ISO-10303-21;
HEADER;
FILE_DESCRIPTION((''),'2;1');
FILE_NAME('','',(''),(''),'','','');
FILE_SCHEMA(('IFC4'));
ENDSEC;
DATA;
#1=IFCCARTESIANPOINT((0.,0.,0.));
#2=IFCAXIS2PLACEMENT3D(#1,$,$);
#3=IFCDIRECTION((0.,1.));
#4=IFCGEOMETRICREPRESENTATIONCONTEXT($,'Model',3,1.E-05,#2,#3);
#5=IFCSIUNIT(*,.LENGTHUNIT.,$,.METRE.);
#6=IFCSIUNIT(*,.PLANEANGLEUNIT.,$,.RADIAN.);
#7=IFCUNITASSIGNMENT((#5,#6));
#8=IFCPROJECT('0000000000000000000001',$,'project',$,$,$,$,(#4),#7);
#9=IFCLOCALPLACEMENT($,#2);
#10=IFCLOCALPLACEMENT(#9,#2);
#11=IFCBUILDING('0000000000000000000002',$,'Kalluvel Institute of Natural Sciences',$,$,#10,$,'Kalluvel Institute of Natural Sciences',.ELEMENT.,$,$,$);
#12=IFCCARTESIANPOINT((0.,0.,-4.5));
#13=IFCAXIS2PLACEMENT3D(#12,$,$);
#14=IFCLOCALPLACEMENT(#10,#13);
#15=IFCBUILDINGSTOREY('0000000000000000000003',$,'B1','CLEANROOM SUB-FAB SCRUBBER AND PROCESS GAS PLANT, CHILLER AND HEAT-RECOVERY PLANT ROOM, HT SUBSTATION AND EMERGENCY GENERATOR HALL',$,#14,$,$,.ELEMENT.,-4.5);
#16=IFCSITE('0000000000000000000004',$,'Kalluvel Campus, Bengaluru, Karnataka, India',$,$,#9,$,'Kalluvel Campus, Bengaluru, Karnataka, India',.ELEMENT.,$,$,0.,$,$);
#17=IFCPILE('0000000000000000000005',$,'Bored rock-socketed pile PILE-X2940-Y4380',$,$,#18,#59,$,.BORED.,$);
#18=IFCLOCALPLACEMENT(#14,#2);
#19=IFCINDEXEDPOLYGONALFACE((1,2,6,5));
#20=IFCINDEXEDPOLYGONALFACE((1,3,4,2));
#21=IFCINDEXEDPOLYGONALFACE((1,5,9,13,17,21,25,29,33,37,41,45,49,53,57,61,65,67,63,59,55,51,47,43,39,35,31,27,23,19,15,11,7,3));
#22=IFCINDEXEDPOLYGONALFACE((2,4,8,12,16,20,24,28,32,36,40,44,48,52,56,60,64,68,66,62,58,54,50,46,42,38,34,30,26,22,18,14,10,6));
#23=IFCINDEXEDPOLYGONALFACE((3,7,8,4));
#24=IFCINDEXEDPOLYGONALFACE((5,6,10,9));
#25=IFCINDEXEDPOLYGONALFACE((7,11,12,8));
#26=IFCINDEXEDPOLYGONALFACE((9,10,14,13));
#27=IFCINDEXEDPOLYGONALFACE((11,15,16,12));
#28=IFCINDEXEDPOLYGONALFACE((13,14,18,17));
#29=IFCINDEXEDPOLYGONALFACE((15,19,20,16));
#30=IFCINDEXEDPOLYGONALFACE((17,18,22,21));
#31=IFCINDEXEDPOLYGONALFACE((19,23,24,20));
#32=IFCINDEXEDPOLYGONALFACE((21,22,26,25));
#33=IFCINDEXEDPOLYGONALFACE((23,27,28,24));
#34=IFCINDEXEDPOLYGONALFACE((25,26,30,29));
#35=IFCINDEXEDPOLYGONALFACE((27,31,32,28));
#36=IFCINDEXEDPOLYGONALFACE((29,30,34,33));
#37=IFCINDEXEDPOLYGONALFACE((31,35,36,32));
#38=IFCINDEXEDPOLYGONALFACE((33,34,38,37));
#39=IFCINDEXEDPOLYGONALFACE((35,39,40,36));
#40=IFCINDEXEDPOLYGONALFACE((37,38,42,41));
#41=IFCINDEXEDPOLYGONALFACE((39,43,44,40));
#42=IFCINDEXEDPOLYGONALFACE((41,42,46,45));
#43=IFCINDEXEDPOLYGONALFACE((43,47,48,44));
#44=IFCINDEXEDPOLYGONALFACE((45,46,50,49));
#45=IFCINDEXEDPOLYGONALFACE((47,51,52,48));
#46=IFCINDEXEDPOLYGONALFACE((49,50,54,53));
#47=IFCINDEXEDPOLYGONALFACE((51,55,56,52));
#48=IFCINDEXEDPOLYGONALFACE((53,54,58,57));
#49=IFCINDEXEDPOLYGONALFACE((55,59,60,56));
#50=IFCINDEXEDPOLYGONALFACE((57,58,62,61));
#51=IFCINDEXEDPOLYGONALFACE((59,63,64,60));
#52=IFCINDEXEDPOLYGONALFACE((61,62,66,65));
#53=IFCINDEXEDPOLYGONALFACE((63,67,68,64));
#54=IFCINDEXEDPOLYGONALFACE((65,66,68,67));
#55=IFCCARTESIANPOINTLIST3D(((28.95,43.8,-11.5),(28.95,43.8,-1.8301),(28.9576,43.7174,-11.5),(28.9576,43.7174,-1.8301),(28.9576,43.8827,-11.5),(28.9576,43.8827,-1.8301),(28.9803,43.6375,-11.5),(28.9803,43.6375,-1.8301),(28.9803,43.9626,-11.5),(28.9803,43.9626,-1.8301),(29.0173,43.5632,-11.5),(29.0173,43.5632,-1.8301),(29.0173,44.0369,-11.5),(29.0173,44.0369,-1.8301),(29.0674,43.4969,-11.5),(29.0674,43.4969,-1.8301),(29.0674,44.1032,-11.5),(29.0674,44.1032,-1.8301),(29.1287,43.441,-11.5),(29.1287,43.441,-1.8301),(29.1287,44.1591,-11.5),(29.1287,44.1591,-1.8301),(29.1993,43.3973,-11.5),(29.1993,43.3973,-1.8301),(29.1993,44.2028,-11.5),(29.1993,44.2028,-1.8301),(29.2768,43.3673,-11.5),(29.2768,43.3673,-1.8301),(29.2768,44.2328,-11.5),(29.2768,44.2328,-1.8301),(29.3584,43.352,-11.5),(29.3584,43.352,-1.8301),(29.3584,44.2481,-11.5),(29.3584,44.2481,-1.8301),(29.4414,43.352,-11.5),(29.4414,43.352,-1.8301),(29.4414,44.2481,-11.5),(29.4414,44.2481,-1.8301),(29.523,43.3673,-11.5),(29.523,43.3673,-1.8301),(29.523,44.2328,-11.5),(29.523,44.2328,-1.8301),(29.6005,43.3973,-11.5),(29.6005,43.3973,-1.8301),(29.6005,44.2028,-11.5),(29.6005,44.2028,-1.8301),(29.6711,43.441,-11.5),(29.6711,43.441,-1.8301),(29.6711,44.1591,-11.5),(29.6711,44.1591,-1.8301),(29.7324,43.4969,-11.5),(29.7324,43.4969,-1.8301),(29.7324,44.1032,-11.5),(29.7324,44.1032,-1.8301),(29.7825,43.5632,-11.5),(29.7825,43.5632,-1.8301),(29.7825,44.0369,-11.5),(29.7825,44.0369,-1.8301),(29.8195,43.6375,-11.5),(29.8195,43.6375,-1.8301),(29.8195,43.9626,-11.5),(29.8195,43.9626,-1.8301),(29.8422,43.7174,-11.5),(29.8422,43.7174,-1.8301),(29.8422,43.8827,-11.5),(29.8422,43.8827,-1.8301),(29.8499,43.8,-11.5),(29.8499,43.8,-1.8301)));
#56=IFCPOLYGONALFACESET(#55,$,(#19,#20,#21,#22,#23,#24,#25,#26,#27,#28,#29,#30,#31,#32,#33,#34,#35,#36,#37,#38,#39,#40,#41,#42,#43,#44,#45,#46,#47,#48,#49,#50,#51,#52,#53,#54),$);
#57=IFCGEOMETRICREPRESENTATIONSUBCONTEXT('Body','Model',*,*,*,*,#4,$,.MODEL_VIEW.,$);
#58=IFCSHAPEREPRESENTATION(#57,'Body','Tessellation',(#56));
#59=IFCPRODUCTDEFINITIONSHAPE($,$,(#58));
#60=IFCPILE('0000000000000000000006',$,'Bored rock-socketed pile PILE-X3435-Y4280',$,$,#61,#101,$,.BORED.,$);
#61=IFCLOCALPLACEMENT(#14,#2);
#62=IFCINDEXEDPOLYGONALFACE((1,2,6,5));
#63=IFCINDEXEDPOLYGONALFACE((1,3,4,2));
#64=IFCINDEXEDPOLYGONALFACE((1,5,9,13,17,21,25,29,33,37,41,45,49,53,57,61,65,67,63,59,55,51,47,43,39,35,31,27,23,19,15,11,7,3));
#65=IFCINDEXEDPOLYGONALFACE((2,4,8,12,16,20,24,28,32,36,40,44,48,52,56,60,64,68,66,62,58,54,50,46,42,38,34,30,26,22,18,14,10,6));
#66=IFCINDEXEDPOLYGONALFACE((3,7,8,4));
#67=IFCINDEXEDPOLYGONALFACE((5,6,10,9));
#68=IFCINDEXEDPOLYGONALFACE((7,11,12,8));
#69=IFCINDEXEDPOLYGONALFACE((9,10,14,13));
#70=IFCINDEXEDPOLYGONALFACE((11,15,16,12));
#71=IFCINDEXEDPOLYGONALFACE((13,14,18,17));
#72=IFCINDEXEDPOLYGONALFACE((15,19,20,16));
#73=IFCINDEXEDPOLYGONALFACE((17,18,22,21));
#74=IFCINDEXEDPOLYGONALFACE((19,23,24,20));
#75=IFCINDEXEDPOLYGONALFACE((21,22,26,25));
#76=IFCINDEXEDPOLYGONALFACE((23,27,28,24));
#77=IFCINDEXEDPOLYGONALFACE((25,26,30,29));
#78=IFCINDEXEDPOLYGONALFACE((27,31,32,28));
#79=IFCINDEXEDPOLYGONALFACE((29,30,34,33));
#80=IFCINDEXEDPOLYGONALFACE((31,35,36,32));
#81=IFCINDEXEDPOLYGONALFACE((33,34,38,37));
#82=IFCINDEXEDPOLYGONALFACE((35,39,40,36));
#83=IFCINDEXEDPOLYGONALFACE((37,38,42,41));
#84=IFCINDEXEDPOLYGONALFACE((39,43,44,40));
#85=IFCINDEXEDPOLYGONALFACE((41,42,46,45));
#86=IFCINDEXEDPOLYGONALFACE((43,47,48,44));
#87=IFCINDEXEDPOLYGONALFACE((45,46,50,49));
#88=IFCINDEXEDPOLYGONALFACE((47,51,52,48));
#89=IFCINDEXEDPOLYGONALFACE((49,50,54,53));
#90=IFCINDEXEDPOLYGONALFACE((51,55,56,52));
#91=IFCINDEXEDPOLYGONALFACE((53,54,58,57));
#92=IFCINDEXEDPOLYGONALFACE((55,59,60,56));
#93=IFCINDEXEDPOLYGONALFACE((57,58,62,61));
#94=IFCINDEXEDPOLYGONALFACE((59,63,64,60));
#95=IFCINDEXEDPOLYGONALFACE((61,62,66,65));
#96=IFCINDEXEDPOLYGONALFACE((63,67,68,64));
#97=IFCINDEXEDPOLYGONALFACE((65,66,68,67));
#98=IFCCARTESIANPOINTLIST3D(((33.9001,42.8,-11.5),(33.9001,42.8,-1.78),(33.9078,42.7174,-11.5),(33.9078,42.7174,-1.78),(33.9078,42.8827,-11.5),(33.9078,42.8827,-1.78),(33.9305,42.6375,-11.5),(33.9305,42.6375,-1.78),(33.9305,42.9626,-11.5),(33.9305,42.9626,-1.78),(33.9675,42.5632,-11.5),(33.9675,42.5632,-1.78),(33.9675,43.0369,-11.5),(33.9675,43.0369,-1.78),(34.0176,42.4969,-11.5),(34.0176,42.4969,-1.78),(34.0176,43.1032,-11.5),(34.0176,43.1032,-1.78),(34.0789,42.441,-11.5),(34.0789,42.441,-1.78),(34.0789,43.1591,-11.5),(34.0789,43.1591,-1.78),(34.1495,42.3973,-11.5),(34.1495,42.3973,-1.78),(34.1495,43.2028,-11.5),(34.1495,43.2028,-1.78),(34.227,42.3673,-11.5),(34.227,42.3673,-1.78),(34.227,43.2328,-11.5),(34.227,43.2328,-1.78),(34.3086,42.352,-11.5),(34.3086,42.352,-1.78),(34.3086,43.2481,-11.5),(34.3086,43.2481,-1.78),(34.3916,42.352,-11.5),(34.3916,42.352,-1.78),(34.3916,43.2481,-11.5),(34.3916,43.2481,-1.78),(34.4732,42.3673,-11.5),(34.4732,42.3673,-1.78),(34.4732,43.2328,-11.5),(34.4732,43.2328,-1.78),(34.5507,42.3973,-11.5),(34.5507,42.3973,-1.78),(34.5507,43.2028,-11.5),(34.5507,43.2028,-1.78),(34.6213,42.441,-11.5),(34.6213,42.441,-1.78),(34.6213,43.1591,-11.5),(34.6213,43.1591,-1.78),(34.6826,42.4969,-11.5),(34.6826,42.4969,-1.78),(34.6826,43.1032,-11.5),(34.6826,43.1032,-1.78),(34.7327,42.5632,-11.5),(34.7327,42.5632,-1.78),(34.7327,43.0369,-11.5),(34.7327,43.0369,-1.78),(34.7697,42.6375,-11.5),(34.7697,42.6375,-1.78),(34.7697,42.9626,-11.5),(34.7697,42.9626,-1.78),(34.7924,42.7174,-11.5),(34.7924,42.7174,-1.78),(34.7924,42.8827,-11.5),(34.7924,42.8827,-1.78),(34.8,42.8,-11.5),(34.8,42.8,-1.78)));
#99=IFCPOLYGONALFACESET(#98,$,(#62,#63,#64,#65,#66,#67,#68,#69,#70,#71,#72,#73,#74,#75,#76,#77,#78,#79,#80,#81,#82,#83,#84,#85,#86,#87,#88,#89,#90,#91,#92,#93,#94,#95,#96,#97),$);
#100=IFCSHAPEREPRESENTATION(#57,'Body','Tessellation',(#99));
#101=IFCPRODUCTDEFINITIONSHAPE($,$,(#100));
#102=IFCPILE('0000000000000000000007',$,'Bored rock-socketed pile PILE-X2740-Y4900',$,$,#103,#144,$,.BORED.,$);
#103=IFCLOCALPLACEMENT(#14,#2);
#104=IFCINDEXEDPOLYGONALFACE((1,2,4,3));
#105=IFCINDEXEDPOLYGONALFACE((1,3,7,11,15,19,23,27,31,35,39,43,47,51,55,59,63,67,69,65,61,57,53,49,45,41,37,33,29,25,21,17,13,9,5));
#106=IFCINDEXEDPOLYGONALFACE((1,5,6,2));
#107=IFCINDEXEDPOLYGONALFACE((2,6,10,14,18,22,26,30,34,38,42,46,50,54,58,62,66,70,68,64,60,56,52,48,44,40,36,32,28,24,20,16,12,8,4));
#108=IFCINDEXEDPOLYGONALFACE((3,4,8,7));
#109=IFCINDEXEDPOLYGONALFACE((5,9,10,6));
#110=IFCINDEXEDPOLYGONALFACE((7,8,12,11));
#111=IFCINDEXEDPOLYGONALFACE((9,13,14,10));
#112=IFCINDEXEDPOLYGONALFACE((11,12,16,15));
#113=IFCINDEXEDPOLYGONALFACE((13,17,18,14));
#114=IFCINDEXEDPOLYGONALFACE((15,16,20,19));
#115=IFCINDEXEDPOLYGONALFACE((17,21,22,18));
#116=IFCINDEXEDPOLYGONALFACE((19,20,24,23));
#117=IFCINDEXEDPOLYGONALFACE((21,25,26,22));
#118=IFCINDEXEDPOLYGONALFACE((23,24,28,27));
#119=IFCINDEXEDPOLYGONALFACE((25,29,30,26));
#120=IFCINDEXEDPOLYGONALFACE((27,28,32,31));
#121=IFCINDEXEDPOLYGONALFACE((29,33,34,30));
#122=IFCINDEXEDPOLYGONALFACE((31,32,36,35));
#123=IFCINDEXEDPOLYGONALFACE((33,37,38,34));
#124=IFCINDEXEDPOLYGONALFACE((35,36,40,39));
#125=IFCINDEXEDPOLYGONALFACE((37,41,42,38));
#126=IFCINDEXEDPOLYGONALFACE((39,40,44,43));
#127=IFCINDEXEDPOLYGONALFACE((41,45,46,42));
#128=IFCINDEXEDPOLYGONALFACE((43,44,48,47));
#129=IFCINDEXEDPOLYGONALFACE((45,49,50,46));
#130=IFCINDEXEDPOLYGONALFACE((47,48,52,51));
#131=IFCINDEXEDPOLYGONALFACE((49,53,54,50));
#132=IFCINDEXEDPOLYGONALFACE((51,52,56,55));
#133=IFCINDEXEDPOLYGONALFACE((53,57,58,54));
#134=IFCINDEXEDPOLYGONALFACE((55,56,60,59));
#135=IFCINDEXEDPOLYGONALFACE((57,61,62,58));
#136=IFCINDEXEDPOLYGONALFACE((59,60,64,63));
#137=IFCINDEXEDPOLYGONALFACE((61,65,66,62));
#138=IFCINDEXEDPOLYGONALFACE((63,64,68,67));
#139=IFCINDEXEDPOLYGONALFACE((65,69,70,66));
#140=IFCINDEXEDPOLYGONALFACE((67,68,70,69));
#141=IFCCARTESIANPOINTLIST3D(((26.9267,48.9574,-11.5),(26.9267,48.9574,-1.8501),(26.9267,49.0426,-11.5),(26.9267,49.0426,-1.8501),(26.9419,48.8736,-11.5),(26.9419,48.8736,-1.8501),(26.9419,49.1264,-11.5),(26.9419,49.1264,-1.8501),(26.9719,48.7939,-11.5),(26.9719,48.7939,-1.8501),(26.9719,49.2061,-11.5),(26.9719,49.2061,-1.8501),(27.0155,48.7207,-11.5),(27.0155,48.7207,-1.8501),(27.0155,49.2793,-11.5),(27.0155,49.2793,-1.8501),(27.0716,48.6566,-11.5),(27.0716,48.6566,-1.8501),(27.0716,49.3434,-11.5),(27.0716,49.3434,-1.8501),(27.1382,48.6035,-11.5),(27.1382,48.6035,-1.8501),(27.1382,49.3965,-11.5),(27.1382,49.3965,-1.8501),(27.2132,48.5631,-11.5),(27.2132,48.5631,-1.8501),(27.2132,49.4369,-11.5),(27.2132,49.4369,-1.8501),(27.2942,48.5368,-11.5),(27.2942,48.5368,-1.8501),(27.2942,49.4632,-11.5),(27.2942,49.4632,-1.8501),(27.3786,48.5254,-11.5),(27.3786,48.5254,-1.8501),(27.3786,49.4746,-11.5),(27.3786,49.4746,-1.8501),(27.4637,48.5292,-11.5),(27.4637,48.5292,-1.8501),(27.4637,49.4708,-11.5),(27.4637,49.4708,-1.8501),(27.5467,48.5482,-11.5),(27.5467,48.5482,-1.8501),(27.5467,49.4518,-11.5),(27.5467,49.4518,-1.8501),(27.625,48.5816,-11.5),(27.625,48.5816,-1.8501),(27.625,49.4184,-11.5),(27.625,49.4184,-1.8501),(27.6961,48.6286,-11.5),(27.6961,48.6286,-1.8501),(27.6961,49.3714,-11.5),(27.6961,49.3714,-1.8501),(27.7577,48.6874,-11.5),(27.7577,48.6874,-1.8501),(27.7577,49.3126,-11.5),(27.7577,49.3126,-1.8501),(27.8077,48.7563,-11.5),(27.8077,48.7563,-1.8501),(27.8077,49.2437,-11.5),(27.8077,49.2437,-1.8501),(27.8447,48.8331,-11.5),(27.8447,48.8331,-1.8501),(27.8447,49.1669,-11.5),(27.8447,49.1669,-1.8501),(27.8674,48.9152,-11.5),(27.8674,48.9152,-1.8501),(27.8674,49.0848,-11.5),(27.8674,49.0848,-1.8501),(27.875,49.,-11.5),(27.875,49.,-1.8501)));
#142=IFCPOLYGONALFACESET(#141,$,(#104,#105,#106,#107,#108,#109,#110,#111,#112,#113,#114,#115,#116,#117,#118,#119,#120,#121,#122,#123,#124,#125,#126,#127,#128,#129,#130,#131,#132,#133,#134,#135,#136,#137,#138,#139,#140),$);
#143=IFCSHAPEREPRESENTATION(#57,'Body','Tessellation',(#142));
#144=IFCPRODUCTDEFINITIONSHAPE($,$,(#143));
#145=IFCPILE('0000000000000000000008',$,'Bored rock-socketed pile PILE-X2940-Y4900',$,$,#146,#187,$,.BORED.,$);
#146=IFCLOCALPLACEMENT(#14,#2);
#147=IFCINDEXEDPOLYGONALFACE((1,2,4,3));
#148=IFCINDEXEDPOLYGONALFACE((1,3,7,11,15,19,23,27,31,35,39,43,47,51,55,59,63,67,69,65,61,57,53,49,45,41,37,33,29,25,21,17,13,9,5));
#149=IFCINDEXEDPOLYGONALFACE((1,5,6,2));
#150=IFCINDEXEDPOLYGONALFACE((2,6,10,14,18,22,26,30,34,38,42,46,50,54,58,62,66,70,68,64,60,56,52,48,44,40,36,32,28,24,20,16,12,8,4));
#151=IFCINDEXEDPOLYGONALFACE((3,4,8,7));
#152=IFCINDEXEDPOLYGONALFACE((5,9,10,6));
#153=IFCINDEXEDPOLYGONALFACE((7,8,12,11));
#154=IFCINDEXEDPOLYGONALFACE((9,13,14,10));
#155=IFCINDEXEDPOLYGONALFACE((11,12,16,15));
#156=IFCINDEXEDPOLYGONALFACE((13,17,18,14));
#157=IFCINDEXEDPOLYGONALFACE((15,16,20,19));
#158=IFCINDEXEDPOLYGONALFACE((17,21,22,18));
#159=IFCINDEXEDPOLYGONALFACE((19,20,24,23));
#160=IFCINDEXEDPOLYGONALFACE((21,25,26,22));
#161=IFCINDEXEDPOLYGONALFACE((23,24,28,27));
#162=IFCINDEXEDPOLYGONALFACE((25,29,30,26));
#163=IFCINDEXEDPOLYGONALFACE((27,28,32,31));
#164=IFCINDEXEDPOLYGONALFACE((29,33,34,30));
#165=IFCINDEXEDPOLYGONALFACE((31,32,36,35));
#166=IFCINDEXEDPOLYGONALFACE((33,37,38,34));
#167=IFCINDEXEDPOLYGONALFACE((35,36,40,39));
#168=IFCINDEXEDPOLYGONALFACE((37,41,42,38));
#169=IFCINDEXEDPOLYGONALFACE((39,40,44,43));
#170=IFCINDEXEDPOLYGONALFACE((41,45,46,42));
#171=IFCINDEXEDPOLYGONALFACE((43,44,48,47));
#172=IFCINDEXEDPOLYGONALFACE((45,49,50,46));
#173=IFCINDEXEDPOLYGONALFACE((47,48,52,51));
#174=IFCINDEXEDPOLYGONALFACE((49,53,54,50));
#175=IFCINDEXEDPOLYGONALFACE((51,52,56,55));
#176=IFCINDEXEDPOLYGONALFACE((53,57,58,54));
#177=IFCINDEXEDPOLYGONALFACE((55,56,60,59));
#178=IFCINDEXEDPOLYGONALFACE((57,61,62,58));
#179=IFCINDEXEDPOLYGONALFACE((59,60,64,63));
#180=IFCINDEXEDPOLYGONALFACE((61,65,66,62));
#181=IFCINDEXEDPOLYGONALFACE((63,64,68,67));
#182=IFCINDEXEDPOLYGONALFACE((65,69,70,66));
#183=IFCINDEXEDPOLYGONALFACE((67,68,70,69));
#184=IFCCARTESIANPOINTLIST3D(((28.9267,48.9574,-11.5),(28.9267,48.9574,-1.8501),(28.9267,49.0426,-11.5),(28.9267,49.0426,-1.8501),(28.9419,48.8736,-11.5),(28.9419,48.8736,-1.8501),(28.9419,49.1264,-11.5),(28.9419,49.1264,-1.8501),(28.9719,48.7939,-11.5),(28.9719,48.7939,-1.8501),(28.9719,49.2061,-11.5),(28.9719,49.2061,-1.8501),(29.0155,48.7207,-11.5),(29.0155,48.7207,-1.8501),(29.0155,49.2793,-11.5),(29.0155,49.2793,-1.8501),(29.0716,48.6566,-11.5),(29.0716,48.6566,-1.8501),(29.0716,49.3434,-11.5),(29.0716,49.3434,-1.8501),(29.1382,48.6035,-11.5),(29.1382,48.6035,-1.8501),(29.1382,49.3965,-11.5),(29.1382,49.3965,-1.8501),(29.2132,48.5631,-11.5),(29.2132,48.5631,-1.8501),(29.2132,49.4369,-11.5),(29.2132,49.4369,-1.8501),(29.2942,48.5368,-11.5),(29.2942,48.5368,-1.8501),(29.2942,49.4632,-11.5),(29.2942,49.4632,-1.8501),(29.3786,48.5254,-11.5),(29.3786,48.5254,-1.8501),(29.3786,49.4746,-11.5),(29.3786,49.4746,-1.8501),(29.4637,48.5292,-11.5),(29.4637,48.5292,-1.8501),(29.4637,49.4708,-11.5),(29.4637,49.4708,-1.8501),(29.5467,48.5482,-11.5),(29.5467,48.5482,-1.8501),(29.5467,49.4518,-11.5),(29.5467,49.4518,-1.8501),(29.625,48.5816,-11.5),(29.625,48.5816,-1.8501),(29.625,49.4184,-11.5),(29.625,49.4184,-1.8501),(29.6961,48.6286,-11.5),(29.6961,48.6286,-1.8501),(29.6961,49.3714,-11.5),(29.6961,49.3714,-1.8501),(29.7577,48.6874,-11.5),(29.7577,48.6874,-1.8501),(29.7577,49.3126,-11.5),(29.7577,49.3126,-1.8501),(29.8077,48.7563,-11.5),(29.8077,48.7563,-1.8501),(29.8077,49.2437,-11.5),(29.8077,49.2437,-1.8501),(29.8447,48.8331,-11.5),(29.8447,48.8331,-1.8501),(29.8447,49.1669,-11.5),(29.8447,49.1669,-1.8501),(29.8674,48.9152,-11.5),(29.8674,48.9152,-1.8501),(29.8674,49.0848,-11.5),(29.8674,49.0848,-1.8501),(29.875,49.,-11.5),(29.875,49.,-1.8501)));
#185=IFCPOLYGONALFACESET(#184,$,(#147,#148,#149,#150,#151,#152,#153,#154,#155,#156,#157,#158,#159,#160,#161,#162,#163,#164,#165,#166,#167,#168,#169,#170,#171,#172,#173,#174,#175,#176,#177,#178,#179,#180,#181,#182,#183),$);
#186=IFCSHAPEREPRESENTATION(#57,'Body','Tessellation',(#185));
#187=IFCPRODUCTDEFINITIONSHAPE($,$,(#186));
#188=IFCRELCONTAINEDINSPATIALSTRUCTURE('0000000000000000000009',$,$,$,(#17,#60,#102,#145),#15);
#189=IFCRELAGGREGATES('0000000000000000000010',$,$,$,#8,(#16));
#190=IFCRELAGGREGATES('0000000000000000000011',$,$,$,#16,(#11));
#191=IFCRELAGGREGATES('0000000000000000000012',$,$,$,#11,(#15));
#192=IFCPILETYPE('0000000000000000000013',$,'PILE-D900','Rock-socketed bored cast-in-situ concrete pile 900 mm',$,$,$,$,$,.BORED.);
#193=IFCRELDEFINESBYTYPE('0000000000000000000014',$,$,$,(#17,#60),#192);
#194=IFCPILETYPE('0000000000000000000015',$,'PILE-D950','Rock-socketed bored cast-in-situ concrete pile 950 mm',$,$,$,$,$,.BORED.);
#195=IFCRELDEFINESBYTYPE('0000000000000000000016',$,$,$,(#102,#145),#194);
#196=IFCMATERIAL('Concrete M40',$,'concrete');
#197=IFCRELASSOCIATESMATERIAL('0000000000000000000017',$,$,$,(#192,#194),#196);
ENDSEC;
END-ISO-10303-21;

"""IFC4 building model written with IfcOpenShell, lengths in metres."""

from ifc_helpers import new_model, si_unit, direction, frame, origin, origin_2d, place, context, subcontext, project, spatial, circle, extrude, material, material_profile, profile_set, type_object, element, save


model = new_model("IFC4")

# Units and contexts
model_context = context("Model", 3, precision=1e-05, world=origin(), true_north=direction((0.0, 1.0)))
body_context = subcontext(model_context, "Body", "Model", "MODEL_VIEW")
ifc_project = project(units=[si_unit("LENGTHUNIT", "METRE"), si_unit("PLANEANGLEUNIT", "RADIAN")], contexts=[model_context])

# Site, building, storey
site_placement = place(None, origin())
site = spatial("IfcSite", under=ifc_project, at=site_placement, Name="Kalluvel Campus, Bengaluru, Karnataka, India", LongName="Kalluvel Campus, Bengaluru, Karnataka, India", CompositionType="ELEMENT", RefElevation=0.0)
building_placement = place(site_placement, origin())
building = spatial("IfcBuilding", under=site, at=building_placement, Name="Kalluvel Institute of Natural Sciences", LongName="Kalluvel Institute of Natural Sciences", CompositionType="ELEMENT")
storey_placement = place(building_placement, frame((0.0, 0.0, -4.5)))
storey = spatial("IfcBuildingStorey", under=building, at=storey_placement, Name="B1", Description="CLEANROOM SUB-FAB SCRUBBER AND PROCESS GAS PLANT, CHILLER AND HEAT-RECOVERY PLANT ROOM, HT SUBSTATION AND EMERGENCY GENERATOR HALL", CompositionType="ELEMENT", Elevation=-4.5)

# Shared definitions
ifc_material_1 = material(Name="Concrete M40", Category="concrete")

# Piles
ifc_material_profile_1 = material_profile(ifc_material_1, circle(Radius=0.45, at=origin_2d()), Name="PILE D900")
ifc_profile_set_1 = profile_set([ifc_material_profile_1], Name="Concrete M40")
pile_type_1 = type_object("IfcPileType", Name="PILE-D900", Description="Rock-socketed bored cast-in-situ concrete pile 900 mm", PredefinedType="BORED", material=ifc_profile_set_1)
for number, where, z_axis, x_axis, name in (
    (1, (29.3999, 43.8, -1.8301), (0.0, 0.0, -1.0), (1.0, 0.0, 0.0), "Bored rock-socketed pile PILE-X2940-Y4380"),
):
    element("IfcPile", number, at=place(storey_placement, frame(where, z_axis=z_axis, x_axis=x_axis)), inside=storey, type_object=pile_type_1, Name=name, PredefinedType="BORED", context=body_context, shape_type="SweptSolid", body=[
        extrude(circle(Radius=0.45, at=origin_2d()), origin(), (0.0, 0.0, 1.0), 9.6699),
    ])
pile_placement = place(storey_placement, frame((34.3501, 42.8, -1.78), z_axis=(0.0, 0.0, -1.0), x_axis=(1.0, 0.0, 0.0)))
element("IfcPile", 2, at=pile_placement, inside=storey, type_object=pile_type_1, Name="Bored rock-socketed pile PILE-X3435-Y4280", PredefinedType="BORED", context=body_context, shape_type="SweptSolid", body=[
    extrude(circle(Radius=0.45, at=origin_2d()), origin(), (0.0, 0.0, 1.0), 9.72),
])
ifc_material_profile_2 = material_profile(ifc_material_1, circle(Radius=0.4751, at=origin_2d()), Name="PILE D950")
ifc_profile_set_2 = profile_set([ifc_material_profile_2], Name="Concrete M40")
pile_type_2 = type_object("IfcPileType", Name="PILE-D950", Description="Rock-socketed bored cast-in-situ concrete pile 950 mm", PredefinedType="BORED", material=ifc_profile_set_2)
for number, where, z_axis, x_axis, name in (
    (3, (27.3999, 49.0, -1.8501), (0.0, 0.0, -1.0), (1.0, 0.0, 0.0), "Bored rock-socketed pile PILE-X2740-Y4900"),
    (4, (29.3999, 49.0, -1.8501), (0.0, 0.0, -1.0), (1.0, 0.0, 0.0), "Bored rock-socketed pile PILE-X2940-Y4900"),
):
    element("IfcPile", number, at=place(storey_placement, frame(where, z_axis=z_axis, x_axis=x_axis)), inside=storey, type_object=pile_type_2, Name=name, PredefinedType="BORED", context=body_context, shape_type="SweptSolid", body=[
        extrude(circle(Radius=0.4751, at=origin_2d()), origin(), (0.0, 0.0, 1.0), 9.6499),
    ])

save(model, "model.ifc")
